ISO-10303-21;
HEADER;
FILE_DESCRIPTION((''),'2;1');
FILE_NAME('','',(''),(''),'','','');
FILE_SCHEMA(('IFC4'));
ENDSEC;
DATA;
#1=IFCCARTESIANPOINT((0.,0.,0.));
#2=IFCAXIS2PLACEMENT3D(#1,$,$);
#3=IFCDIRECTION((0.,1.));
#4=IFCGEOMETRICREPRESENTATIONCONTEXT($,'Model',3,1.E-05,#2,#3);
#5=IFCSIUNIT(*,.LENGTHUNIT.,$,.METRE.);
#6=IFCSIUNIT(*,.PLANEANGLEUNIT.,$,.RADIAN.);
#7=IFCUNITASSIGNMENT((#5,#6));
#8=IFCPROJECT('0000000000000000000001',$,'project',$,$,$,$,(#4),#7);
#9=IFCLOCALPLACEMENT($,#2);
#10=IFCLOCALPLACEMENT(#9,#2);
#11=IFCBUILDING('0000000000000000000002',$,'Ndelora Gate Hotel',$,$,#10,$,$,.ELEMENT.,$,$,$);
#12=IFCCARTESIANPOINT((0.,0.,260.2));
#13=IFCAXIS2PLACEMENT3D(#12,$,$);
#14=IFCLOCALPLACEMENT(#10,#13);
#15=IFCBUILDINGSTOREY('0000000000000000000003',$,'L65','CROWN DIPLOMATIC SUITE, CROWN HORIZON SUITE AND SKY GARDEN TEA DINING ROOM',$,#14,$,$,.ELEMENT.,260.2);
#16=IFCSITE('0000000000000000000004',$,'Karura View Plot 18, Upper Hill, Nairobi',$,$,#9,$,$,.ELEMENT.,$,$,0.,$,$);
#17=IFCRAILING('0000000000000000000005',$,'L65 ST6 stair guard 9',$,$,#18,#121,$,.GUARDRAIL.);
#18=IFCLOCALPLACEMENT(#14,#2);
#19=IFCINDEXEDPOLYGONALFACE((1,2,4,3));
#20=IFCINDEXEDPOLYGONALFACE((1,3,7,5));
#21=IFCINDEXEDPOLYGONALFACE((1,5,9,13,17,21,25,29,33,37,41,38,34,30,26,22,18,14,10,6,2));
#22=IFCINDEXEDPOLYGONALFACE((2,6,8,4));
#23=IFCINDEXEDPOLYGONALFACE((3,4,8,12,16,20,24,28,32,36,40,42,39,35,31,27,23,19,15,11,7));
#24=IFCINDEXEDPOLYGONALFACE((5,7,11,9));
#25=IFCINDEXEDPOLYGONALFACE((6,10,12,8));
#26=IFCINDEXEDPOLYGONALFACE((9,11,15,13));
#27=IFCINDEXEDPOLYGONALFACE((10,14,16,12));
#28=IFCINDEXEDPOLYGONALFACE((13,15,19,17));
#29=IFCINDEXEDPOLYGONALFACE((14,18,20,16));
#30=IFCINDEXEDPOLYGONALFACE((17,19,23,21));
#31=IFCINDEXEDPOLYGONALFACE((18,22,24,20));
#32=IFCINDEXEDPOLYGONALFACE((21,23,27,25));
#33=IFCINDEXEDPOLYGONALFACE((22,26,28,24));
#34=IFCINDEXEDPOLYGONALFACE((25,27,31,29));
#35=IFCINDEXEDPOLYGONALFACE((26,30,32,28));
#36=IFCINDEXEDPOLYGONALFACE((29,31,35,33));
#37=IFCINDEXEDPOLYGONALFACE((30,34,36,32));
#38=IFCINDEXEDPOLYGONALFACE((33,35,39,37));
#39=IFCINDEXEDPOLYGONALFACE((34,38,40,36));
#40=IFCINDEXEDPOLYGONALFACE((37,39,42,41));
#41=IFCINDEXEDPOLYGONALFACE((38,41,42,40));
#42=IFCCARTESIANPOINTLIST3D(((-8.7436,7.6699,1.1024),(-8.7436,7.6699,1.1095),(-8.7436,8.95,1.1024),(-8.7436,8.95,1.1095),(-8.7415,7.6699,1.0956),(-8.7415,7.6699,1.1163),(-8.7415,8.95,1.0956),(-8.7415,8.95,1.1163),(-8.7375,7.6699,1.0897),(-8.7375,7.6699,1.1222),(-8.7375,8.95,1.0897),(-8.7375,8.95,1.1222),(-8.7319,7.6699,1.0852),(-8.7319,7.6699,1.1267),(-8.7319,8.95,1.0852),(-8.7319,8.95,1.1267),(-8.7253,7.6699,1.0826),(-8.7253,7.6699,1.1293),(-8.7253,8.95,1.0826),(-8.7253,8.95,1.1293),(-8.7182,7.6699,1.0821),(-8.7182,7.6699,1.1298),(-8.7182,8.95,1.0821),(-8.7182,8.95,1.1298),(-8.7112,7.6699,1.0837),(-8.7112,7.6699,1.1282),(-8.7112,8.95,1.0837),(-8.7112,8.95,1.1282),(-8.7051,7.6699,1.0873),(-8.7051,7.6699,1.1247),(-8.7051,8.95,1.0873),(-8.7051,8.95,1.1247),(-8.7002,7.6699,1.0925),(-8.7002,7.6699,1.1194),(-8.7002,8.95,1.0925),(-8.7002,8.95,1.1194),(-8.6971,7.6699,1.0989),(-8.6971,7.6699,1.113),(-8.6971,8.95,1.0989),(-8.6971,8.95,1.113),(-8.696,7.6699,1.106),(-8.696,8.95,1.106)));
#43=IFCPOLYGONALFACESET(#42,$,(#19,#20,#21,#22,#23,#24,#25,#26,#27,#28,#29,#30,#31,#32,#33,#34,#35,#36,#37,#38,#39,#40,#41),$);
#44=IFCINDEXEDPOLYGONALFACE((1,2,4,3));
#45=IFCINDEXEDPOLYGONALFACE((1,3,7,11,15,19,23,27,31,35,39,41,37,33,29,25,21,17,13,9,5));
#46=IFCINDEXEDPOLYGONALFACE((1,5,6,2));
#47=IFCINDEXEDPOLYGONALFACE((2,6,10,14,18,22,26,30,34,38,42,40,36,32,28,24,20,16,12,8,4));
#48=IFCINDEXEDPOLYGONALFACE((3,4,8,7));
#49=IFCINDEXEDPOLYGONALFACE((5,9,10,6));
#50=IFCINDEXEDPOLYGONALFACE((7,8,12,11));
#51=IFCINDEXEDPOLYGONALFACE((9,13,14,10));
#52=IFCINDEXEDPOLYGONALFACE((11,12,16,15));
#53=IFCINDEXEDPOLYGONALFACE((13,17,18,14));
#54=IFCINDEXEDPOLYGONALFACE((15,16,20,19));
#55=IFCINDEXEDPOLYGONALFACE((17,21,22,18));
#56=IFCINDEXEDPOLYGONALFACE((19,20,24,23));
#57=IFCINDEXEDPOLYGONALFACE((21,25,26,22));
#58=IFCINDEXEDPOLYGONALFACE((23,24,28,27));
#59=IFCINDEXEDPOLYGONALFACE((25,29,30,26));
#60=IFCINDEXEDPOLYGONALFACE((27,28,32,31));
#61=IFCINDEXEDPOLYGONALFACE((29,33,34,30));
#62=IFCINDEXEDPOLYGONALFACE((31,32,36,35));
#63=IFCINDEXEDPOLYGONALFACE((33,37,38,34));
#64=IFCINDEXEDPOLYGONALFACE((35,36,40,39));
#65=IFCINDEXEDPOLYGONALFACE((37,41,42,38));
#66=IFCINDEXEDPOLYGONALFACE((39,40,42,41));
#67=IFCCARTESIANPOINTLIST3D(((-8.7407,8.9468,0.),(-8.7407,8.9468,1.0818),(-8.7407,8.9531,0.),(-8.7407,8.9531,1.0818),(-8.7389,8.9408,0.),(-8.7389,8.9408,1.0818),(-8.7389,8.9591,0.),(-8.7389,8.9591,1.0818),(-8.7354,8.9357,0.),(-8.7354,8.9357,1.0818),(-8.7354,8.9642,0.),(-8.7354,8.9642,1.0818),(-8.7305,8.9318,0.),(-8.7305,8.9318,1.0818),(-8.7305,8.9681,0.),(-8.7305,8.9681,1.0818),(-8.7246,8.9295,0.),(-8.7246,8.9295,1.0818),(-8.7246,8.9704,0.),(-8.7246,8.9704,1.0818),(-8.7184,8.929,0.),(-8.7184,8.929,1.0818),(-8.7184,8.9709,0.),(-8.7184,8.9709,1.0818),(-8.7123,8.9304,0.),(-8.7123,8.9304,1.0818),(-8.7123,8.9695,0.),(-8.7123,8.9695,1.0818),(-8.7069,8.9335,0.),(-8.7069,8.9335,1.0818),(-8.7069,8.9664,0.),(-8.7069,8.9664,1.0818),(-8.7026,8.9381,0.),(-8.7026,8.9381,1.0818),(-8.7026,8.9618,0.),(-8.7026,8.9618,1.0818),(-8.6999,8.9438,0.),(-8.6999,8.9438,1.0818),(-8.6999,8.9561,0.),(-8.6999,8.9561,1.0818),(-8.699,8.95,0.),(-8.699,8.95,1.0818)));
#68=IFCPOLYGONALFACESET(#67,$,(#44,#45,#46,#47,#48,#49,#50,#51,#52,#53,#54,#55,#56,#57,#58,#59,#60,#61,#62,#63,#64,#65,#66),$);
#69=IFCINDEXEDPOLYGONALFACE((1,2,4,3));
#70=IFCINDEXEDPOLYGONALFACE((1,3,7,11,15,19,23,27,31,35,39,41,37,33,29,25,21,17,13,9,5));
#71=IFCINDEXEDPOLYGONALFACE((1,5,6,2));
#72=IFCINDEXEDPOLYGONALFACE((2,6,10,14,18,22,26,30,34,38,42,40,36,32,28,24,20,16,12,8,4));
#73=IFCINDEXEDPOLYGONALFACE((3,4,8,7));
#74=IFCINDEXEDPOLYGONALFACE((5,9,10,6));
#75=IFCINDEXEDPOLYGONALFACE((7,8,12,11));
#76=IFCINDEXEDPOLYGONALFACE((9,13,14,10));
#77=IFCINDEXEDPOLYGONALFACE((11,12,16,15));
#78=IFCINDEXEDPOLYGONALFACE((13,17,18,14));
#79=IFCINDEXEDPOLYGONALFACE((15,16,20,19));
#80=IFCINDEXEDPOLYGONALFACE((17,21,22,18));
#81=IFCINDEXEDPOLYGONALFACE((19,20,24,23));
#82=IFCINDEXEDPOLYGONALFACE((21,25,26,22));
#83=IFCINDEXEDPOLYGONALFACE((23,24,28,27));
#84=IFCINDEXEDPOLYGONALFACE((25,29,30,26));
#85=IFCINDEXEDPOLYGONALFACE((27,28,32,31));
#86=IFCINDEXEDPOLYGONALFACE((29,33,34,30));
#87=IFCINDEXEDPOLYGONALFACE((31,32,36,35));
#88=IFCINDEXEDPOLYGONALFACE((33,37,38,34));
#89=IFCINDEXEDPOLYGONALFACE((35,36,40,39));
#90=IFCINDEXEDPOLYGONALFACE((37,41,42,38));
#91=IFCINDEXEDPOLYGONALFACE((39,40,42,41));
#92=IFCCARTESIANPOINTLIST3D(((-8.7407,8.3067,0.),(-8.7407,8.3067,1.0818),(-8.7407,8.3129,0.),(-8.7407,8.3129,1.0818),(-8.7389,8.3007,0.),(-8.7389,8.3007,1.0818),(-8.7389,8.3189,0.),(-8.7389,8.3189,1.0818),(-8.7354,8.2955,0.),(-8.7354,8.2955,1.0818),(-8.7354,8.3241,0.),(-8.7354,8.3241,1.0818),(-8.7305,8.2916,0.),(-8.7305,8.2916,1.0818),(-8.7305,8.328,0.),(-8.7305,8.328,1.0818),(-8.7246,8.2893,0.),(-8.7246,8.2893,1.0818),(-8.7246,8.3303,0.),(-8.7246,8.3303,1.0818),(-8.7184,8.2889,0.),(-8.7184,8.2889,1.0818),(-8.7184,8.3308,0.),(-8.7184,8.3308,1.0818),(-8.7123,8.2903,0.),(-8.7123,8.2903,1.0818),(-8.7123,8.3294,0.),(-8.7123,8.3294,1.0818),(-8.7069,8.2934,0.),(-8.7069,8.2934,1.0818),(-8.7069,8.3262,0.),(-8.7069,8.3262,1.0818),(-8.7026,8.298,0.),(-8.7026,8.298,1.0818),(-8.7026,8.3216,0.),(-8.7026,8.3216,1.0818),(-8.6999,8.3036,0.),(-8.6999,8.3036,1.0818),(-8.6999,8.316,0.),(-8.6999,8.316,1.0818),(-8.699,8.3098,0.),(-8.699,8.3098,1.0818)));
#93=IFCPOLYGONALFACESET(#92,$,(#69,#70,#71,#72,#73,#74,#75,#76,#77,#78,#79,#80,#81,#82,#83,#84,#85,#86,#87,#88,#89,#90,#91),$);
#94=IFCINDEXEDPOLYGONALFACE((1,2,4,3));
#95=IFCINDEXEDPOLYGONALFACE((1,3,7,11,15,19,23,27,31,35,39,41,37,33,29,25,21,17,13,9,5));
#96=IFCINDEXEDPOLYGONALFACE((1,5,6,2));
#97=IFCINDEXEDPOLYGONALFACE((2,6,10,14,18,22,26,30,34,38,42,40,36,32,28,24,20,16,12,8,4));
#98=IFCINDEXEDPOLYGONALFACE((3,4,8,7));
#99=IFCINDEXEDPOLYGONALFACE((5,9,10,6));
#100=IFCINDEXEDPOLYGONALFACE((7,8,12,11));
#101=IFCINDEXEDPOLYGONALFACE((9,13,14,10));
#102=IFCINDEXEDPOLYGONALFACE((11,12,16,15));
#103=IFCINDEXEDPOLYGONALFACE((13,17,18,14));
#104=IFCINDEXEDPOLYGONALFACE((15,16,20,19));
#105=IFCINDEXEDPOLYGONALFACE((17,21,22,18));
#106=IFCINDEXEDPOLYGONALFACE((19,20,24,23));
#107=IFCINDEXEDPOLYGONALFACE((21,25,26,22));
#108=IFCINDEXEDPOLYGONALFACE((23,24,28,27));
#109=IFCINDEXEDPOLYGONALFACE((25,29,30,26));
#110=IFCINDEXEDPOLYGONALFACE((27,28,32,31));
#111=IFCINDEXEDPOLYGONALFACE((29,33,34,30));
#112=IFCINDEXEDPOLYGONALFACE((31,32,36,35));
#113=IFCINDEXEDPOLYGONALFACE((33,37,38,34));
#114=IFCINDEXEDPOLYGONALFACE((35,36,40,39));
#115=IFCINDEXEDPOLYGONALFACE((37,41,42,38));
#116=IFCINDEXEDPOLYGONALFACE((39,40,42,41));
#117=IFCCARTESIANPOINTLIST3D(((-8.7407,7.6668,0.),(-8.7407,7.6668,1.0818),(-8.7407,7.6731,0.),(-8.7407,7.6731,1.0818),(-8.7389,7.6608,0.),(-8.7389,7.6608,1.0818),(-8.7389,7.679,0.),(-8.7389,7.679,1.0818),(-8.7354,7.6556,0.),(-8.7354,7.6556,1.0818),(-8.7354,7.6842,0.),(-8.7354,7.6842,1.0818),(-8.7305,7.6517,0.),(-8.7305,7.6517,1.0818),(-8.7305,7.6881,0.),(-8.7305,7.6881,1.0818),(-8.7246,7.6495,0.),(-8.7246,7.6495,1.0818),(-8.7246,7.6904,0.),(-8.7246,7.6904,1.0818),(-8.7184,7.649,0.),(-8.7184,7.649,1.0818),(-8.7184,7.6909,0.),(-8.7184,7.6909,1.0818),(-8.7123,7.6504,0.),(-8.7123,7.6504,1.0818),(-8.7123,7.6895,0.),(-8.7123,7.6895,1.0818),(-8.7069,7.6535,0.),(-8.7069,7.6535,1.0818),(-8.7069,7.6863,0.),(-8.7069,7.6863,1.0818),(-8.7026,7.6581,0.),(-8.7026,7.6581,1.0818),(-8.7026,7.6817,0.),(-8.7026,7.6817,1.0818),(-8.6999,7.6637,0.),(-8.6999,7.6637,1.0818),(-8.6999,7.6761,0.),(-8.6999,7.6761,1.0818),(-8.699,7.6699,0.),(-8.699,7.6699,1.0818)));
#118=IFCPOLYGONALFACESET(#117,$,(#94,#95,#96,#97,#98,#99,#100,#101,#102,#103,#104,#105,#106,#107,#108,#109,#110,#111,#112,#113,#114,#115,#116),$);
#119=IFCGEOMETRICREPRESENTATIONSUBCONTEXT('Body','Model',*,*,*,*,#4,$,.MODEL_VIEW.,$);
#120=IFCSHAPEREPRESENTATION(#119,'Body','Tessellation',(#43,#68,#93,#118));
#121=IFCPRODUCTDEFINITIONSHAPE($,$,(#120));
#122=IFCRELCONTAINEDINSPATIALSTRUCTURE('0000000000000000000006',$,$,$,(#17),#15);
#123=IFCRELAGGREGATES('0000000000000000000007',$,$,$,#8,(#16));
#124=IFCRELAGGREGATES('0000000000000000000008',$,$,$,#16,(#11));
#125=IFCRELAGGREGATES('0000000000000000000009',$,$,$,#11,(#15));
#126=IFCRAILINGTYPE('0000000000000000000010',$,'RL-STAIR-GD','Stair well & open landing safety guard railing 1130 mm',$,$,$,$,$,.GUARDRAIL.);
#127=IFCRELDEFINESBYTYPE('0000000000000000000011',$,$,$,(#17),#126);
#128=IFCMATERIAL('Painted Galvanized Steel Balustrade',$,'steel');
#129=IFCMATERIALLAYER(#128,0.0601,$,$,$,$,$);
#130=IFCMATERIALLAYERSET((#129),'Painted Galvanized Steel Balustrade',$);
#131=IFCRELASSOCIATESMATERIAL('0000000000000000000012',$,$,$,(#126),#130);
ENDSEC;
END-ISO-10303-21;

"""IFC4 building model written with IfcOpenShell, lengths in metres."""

from ifc_helpers import new_model, si_unit, direction, frame, origin, origin_2d, place, context, subcontext, project, spatial, circle, extrude, material, layer, layer_set, type_object, element, save


model = new_model("IFC4")

# Units and contexts
model_context = context("Model", 3, precision=1e-05, world=origin(), true_north=direction((0.0, 1.0)))
body_context = subcontext(model_context, "Body", "Model", "MODEL_VIEW")
ifc_project = project(units=[si_unit("LENGTHUNIT", "METRE"), si_unit("PLANEANGLEUNIT", "RADIAN")], contexts=[model_context])

# Site, building, storey
site_placement = place(None, origin())
site = spatial("IfcSite", under=ifc_project, at=site_placement, Name="Karura View Plot 18, Upper Hill, Nairobi", CompositionType="ELEMENT", RefElevation=0.0)
building_placement = place(site_placement, origin())
building = spatial("IfcBuilding", under=site, at=building_placement, Name="Ndelora Gate Hotel", CompositionType="ELEMENT")
storey_placement = place(building_placement, frame((0.0, 0.0, 260.2)))
storey = spatial("IfcBuildingStorey", under=building, at=storey_placement, Name="L65", Description="CROWN DIPLOMATIC SUITE, CROWN HORIZON SUITE AND SKY GARDEN TEA DINING ROOM", CompositionType="ELEMENT", Elevation=260.2)

# Railing
ifc_material_1 = material(Name="Painted Galvanized Steel Balustrade", Category="steel")
ifc_layer_1 = layer(ifc_material_1, 0.0601)
ifc_layer_set_1 = layer_set([ifc_layer_1], Name="Painted Galvanized Steel Balustrade")
railing_type_1 = type_object("IfcRailingType", Name="RL-STAIR-GD", Description="Stair well & open landing safety guard railing 1130 mm", PredefinedType="GUARDRAIL", material=ifc_layer_set_1)
railing_1_placement = place(storey_placement, frame((-8.72, 8.95, 0.0)))
element("IfcRailing", 1, at=railing_1_placement, inside=storey, type_object=railing_type_1, Name="L65 ST6 stair guard 9", PredefinedType="GUARDRAIL", context=body_context, shape_type="SweptSolid", body=[
    extrude(circle(Radius=0.0239, at=origin_2d()), frame((0.0, 0.0, 1.106), z_axis=(0.0, -1.0, 0.0), x_axis=(1.0, 0.0, 0.0)), (0.0, 0.0, 1.0), 1.28),
    extrude(circle(Radius=0.021, at=origin_2d()), origin(), (0.0, 0.0, 1.0), 1.0818),
    extrude(circle(Radius=0.021, at=origin_2d()), frame((0.0, -0.6401, 0.0)), (0.0, 0.0, 1.0), 1.0818),
    extrude(circle(Radius=0.021, at=origin_2d()), frame((0.0, -1.28, 0.0)), (0.0, 0.0, 1.0), 1.0818),
])

save(model, "model.ifc")
